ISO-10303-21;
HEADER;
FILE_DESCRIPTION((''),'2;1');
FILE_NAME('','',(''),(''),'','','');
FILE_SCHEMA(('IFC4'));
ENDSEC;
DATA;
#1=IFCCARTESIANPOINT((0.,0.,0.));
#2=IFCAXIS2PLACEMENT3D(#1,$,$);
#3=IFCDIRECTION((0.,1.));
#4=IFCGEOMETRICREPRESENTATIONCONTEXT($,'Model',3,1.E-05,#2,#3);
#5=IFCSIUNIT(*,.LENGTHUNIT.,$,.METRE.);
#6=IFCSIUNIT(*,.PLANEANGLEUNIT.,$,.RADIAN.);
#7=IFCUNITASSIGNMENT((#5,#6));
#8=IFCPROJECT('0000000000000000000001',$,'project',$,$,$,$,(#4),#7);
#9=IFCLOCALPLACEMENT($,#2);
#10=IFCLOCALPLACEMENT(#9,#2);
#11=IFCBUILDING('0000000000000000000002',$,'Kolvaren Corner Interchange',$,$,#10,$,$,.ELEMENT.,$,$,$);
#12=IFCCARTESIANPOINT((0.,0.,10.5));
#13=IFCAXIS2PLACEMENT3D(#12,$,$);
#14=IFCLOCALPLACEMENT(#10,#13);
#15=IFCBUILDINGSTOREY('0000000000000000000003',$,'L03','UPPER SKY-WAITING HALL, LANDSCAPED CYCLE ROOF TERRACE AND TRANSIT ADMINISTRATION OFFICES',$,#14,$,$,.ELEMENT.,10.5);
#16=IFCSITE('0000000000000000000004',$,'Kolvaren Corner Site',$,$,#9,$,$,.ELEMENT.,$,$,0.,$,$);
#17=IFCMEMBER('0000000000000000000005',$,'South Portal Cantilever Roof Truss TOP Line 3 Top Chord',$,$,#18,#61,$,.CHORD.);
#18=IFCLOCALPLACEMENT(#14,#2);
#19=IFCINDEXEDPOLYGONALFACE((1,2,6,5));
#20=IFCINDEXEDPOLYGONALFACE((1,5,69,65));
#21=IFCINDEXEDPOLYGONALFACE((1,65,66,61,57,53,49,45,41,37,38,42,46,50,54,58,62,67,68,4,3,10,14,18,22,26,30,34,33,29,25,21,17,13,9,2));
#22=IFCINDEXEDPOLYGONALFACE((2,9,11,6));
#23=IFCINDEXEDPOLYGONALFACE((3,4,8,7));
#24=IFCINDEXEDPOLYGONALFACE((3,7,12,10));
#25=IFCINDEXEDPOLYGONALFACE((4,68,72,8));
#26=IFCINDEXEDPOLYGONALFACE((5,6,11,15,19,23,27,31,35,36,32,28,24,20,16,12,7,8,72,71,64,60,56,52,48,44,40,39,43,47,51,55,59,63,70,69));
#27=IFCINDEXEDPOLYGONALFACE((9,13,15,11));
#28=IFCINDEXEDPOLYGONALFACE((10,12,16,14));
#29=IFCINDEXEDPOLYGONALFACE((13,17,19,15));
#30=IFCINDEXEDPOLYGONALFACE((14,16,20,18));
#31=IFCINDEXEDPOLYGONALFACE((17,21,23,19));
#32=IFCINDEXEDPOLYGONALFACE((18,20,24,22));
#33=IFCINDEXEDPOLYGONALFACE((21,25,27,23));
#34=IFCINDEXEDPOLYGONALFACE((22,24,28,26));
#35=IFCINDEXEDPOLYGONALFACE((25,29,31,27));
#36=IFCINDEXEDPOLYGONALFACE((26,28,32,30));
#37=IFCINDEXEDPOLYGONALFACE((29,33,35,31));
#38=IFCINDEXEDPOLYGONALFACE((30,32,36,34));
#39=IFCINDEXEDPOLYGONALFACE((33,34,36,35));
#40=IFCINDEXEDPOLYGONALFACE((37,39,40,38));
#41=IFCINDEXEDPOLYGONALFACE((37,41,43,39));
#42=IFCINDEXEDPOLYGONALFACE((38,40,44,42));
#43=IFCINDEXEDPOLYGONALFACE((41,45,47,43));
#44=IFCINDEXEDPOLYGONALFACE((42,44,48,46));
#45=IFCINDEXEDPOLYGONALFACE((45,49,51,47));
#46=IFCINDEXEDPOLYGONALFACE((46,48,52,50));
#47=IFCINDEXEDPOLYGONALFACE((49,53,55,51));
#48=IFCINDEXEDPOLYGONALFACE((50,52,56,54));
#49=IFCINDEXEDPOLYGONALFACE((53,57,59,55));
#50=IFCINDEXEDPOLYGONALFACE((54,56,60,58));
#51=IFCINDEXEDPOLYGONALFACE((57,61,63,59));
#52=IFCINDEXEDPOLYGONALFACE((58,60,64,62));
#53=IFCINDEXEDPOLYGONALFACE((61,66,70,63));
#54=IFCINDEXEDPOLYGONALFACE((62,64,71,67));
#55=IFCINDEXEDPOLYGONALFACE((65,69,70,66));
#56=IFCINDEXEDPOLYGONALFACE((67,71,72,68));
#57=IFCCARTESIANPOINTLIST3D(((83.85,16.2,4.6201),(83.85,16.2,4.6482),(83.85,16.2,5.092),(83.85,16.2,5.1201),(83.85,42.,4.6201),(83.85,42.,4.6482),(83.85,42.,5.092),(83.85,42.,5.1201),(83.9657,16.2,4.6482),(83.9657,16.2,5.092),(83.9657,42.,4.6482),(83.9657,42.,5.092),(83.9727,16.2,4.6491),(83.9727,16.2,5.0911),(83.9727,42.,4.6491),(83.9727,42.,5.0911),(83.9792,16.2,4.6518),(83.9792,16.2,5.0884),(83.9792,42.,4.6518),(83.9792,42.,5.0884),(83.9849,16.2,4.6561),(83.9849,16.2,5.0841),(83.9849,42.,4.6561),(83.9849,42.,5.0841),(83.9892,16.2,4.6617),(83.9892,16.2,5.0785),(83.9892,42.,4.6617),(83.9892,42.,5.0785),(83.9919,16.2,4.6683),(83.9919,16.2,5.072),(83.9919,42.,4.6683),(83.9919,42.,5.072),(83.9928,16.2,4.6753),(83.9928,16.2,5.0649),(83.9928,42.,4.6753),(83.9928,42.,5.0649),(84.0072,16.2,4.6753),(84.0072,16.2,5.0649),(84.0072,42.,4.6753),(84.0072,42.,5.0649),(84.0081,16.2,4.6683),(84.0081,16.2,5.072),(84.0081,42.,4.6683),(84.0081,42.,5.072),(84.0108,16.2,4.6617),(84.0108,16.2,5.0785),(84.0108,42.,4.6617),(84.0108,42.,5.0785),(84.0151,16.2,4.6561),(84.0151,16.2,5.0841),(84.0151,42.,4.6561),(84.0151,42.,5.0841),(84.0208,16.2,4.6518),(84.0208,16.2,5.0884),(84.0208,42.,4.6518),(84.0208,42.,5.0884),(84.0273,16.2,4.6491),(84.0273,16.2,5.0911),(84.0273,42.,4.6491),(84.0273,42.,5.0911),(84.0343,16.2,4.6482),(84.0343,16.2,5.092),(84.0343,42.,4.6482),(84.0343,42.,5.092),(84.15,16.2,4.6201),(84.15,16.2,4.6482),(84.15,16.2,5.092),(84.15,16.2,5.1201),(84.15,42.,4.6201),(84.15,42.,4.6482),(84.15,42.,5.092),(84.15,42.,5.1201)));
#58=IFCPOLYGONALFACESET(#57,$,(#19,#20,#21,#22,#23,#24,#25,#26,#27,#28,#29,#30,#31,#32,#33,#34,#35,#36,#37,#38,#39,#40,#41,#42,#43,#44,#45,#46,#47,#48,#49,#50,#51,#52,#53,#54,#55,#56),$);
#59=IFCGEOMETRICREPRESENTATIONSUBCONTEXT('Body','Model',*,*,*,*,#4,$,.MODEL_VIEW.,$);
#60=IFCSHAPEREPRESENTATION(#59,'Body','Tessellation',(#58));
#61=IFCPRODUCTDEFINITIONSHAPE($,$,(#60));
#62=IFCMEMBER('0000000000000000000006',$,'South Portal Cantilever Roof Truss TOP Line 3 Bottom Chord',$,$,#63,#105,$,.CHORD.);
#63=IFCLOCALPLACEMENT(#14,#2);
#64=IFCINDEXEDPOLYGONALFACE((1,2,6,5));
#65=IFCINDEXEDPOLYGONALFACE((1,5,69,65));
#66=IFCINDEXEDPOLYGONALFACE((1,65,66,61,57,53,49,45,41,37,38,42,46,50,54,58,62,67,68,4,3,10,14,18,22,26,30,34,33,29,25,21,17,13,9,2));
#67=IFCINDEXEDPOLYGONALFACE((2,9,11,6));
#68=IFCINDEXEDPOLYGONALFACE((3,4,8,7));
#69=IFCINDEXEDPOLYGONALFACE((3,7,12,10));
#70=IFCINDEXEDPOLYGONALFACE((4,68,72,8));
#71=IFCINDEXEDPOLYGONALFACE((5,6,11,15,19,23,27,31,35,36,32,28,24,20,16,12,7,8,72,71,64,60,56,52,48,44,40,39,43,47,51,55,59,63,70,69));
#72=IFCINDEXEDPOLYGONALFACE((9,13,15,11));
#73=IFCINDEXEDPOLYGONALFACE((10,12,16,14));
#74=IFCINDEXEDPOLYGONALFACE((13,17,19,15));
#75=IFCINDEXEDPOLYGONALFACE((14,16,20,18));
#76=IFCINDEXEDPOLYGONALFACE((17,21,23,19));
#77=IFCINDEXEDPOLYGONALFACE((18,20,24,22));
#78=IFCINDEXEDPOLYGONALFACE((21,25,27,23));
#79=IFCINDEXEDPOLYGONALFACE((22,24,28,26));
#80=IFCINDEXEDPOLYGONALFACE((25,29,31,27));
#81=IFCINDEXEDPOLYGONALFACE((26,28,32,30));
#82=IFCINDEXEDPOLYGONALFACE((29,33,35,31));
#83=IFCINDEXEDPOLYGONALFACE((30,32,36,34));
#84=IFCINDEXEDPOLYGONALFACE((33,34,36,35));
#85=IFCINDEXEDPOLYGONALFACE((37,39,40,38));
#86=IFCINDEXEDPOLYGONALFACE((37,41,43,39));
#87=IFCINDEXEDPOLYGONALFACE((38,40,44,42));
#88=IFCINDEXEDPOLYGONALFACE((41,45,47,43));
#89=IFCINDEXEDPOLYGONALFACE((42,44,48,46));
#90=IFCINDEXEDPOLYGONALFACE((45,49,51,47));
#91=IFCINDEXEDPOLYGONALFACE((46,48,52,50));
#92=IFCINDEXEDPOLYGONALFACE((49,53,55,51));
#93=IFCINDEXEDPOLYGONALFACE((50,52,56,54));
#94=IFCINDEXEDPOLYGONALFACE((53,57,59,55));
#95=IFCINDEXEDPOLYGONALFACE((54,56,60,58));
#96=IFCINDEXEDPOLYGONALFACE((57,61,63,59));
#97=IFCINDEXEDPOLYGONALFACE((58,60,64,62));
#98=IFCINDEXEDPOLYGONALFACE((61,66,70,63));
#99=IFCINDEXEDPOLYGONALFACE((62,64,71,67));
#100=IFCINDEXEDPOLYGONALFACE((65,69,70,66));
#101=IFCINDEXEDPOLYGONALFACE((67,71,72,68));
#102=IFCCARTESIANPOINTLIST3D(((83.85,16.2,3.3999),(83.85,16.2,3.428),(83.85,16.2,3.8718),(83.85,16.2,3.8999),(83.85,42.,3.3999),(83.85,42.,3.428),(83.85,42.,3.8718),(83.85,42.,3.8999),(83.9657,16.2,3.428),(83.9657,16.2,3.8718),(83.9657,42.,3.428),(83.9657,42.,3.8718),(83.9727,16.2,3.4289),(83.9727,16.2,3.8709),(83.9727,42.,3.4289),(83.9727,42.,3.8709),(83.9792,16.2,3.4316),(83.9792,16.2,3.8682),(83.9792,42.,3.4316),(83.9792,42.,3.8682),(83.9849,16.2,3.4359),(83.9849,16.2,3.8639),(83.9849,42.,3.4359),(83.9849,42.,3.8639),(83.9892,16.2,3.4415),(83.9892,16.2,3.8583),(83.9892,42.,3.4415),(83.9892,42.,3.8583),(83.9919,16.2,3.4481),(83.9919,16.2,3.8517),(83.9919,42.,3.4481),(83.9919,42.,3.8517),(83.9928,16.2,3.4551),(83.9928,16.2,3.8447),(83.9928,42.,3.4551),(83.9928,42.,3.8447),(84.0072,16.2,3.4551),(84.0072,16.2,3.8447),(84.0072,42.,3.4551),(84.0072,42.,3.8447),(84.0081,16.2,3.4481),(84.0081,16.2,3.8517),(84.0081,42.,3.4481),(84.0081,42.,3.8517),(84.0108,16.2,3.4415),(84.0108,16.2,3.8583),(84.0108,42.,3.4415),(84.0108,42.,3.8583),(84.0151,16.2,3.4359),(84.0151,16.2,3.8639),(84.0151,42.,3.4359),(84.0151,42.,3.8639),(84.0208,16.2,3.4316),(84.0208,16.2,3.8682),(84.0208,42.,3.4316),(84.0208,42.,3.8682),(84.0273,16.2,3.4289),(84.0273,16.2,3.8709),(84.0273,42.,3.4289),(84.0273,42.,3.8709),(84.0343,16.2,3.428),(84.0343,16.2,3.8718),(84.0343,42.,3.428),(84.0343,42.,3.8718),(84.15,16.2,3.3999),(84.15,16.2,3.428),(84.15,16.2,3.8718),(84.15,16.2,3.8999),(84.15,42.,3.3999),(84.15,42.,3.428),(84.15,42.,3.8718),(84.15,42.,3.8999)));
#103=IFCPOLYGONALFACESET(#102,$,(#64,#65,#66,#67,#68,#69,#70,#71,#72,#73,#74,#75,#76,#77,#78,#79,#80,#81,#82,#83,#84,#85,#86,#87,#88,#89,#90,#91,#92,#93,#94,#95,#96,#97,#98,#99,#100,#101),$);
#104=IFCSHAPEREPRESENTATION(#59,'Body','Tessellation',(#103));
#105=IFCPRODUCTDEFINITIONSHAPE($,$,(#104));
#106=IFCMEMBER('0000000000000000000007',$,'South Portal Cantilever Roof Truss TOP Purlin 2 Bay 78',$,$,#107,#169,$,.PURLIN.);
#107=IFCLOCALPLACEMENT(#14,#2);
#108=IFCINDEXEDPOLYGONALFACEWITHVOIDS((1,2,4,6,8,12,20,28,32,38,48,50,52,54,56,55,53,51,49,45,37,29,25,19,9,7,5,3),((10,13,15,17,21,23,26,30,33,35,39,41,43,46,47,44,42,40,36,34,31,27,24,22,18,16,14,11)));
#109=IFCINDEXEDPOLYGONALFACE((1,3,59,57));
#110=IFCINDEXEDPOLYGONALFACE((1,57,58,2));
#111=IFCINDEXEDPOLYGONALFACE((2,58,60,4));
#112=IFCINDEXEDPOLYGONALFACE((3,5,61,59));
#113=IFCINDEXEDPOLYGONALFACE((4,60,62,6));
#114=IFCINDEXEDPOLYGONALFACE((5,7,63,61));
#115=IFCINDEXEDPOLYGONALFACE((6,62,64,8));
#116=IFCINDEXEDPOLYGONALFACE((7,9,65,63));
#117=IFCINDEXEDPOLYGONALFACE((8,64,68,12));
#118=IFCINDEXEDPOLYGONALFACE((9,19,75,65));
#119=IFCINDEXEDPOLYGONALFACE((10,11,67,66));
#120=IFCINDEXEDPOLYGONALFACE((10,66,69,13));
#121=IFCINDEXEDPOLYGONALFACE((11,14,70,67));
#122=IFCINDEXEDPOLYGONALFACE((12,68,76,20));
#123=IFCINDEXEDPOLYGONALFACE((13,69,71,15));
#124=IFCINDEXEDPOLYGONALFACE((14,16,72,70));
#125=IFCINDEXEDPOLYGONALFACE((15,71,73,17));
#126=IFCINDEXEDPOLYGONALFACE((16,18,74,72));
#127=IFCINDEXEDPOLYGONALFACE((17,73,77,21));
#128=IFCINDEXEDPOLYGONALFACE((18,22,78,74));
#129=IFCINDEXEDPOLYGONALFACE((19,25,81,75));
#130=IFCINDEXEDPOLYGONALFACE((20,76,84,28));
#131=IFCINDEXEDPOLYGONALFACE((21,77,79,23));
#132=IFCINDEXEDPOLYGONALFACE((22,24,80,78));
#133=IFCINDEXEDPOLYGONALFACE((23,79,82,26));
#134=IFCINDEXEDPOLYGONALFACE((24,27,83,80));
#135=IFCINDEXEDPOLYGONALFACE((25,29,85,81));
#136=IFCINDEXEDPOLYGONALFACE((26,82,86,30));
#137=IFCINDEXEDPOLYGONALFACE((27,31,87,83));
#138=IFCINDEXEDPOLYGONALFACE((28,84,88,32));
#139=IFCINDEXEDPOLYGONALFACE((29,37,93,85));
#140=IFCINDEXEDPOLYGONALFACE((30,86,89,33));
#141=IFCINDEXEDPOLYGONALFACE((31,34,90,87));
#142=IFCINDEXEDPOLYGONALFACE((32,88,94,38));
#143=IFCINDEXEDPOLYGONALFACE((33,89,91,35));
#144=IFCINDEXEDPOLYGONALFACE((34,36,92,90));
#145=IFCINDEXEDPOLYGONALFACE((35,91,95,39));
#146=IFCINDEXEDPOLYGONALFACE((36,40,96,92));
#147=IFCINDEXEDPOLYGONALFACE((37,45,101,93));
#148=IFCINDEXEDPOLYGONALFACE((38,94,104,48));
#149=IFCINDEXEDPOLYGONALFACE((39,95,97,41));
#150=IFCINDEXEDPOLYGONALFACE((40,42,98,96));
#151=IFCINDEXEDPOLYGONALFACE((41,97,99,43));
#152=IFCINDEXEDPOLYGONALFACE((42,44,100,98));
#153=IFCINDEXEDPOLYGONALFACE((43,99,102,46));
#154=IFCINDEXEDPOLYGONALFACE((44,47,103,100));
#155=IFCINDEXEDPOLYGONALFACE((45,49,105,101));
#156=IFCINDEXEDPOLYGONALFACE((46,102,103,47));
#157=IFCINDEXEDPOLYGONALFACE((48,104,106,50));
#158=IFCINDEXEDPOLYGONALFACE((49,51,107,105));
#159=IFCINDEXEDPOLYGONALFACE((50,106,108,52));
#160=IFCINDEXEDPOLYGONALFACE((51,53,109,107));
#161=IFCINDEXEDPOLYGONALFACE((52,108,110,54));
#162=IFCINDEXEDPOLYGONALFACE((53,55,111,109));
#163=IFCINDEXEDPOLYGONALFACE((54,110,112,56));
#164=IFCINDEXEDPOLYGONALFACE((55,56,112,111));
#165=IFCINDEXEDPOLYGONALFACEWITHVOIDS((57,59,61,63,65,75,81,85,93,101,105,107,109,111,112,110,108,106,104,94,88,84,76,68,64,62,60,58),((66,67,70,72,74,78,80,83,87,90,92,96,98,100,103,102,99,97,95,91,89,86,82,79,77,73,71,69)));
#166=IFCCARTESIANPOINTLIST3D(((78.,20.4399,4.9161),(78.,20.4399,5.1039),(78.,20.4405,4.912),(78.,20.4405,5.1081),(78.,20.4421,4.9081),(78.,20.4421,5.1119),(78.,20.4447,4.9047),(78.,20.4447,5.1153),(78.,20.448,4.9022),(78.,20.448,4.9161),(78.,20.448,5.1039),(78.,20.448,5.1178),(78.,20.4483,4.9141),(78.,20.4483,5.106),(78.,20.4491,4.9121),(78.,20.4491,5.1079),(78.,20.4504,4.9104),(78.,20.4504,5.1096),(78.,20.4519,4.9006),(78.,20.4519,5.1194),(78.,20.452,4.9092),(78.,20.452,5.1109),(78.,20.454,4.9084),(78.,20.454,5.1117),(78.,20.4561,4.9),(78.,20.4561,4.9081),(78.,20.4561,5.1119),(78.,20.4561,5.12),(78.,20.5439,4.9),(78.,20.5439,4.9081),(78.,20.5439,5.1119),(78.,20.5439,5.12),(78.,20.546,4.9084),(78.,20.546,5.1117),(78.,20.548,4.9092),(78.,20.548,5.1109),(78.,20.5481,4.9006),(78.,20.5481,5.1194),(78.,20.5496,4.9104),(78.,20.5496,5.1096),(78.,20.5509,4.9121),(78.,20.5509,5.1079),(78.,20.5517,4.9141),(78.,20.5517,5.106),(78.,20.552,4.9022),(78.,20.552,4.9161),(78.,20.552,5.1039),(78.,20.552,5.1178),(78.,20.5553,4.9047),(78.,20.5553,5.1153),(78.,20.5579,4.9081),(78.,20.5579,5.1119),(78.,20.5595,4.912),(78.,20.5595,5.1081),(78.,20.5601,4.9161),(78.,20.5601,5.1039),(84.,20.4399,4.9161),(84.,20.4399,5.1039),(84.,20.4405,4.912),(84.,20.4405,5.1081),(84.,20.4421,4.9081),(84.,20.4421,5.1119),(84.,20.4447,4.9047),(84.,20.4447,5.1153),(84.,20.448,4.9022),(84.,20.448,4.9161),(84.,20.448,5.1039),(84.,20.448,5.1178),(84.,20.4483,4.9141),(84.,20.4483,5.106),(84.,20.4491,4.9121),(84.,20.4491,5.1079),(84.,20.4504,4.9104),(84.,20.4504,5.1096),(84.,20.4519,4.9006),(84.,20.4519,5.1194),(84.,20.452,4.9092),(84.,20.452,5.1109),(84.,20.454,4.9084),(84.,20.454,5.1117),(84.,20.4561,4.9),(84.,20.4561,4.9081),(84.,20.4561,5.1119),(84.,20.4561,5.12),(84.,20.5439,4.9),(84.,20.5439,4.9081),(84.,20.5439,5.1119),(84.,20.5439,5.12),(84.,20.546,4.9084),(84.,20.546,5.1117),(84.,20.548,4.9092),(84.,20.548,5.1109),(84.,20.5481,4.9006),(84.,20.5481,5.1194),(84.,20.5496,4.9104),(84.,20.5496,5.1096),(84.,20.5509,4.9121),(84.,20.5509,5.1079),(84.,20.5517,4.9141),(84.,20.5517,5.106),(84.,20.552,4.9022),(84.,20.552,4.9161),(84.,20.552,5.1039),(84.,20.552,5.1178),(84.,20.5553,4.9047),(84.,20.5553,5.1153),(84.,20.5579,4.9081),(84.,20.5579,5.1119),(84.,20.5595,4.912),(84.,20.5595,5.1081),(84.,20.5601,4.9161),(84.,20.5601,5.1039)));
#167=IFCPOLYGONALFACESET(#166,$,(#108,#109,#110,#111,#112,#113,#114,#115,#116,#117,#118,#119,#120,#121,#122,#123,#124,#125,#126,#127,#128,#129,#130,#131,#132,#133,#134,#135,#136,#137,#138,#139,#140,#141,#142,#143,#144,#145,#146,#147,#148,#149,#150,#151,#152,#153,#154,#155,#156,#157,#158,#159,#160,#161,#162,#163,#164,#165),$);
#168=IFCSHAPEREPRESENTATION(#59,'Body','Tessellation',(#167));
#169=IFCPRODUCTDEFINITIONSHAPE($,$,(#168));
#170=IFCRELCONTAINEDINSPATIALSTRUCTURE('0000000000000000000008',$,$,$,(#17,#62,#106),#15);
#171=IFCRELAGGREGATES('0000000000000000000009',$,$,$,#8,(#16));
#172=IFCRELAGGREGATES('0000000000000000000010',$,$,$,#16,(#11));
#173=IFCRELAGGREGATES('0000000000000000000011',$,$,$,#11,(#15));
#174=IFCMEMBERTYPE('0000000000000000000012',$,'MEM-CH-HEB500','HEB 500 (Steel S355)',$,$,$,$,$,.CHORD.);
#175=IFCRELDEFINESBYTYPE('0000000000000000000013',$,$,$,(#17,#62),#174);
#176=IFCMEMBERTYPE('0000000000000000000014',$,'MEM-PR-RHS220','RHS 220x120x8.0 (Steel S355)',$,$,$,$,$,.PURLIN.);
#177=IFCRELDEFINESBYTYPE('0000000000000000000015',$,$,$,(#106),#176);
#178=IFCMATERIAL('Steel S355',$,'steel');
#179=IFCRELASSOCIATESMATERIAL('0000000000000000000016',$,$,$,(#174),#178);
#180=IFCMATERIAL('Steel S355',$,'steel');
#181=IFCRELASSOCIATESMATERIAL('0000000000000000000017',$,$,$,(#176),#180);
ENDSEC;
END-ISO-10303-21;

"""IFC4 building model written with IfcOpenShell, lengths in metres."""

from ifc_helpers import new_model, si_unit, direction, frame, origin, origin_2d, place, context, subcontext, project, spatial, hollow_rectangle, i_section, extrude, material, material_profile, profile_set, type_object, element, save


model = new_model("IFC4")

# Units and contexts
model_context = context("Model", 3, precision=1e-05, world=origin(), true_north=direction((0.0, 1.0)))
body_context = subcontext(model_context, "Body", "Model", "MODEL_VIEW")
ifc_project = project(units=[si_unit("LENGTHUNIT", "METRE"), si_unit("PLANEANGLEUNIT", "RADIAN")], contexts=[model_context])

# Site, building, storey
site_placement = place(None, origin())
site = spatial("IfcSite", under=ifc_project, at=site_placement, Name="Kolvaren Corner Site", CompositionType="ELEMENT", RefElevation=0.0)
building_placement = place(site_placement, origin())
building = spatial("IfcBuilding", under=site, at=building_placement, Name="Kolvaren Corner Interchange", CompositionType="ELEMENT")
storey_placement = place(building_placement, frame((0.0, 0.0, 10.5)))
storey = spatial("IfcBuildingStorey", under=building, at=storey_placement, Name="L03", Description="UPPER SKY-WAITING HALL, LANDSCAPED CYCLE ROOF TERRACE AND TRANSIT ADMINISTRATION OFFICES", CompositionType="ELEMENT", Elevation=10.5)

# Members
ifc_material_1 = material(Name="Steel S355", Category="steel")
ifc_material_profile_1 = material_profile(ifc_material_1, i_section(OverallWidth=0.3, OverallDepth=0.5, WebThickness=0.0144, FlangeThickness=0.0281, FilletRadius=0.0271, at=origin_2d()), Name="HEB 500")
ifc_profile_set_1 = profile_set([ifc_material_profile_1], Name="Steel S355")
member_type_1 = type_object("IfcMemberType", Name="MEM-CH-HEB500", Description="HEB 500 (Steel S355)", PredefinedType="CHORD", material=ifc_profile_set_1)
for number, where, z_axis, x_axis, name in (
    (1, (84.0, 16.2, 4.8701), (0.0, 1.0, 0.0), (-1.0, 0.0, 0.0), "South Portal Cantilever Roof Truss TOP Line 3 Top Chord"),
    (2, (84.0, 16.2, 3.6499), (0.0, 1.0, 0.0), (-1.0, 0.0, 0.0), "South Portal Cantilever Roof Truss TOP Line 3 Bottom Chord"),
):
    element("IfcMember", number, at=place(storey_placement, frame(where, z_axis=z_axis, x_axis=x_axis)), inside=storey, type_object=member_type_1, Name=name, PredefinedType="CHORD", context=body_context, shape_type="SweptSolid", body=[
        extrude(i_section(OverallWidth=0.3, OverallDepth=0.5, WebThickness=0.0144, FlangeThickness=0.0281, FilletRadius=0.0271, at=origin_2d()), origin(), (0.0, 0.0, 1.0), 25.8),
    ])
ifc_material_2 = material(Name="Steel S355", Category="steel")
ifc_material_profile_2 = material_profile(ifc_material_2, hollow_rectangle(XDim=0.1201, YDim=0.22, WallThickness=0.0081, InnerFilletRadius=0.0081, OuterFilletRadius=0.0161, at=origin_2d()), Name="RHS 220x120x8.0")
ifc_profile_set_2 = profile_set([ifc_material_profile_2], Name="Steel S355")
member_type_2 = type_object("IfcMemberType", Name="MEM-PR-RHS220", Description="RHS 220x120x8.0 (Steel S355)", PredefinedType="PURLIN", material=ifc_profile_set_2)
for number, where, z_axis, x_axis, name in (
    (3, (78.0, 20.5, 5.01), (1.0, 0.0, 0.0), (0.0, 1.0, 0.0), "South Portal Cantilever Roof Truss TOP Purlin 2 Bay 78"),
):
    element("IfcMember", number, at=place(storey_placement, frame(where, z_axis=z_axis, x_axis=x_axis)), inside=storey, type_object=member_type_2, Name=name, PredefinedType="PURLIN", context=body_context, shape_type="SweptSolid", body=[
        extrude(hollow_rectangle(XDim=0.1201, YDim=0.22, WallThickness=0.0081, InnerFilletRadius=0.0081, OuterFilletRadius=0.0161, at=origin_2d()), origin(), (0.0, 0.0, 1.0), 6.0),
    ])

save(model, "model.ifc")
